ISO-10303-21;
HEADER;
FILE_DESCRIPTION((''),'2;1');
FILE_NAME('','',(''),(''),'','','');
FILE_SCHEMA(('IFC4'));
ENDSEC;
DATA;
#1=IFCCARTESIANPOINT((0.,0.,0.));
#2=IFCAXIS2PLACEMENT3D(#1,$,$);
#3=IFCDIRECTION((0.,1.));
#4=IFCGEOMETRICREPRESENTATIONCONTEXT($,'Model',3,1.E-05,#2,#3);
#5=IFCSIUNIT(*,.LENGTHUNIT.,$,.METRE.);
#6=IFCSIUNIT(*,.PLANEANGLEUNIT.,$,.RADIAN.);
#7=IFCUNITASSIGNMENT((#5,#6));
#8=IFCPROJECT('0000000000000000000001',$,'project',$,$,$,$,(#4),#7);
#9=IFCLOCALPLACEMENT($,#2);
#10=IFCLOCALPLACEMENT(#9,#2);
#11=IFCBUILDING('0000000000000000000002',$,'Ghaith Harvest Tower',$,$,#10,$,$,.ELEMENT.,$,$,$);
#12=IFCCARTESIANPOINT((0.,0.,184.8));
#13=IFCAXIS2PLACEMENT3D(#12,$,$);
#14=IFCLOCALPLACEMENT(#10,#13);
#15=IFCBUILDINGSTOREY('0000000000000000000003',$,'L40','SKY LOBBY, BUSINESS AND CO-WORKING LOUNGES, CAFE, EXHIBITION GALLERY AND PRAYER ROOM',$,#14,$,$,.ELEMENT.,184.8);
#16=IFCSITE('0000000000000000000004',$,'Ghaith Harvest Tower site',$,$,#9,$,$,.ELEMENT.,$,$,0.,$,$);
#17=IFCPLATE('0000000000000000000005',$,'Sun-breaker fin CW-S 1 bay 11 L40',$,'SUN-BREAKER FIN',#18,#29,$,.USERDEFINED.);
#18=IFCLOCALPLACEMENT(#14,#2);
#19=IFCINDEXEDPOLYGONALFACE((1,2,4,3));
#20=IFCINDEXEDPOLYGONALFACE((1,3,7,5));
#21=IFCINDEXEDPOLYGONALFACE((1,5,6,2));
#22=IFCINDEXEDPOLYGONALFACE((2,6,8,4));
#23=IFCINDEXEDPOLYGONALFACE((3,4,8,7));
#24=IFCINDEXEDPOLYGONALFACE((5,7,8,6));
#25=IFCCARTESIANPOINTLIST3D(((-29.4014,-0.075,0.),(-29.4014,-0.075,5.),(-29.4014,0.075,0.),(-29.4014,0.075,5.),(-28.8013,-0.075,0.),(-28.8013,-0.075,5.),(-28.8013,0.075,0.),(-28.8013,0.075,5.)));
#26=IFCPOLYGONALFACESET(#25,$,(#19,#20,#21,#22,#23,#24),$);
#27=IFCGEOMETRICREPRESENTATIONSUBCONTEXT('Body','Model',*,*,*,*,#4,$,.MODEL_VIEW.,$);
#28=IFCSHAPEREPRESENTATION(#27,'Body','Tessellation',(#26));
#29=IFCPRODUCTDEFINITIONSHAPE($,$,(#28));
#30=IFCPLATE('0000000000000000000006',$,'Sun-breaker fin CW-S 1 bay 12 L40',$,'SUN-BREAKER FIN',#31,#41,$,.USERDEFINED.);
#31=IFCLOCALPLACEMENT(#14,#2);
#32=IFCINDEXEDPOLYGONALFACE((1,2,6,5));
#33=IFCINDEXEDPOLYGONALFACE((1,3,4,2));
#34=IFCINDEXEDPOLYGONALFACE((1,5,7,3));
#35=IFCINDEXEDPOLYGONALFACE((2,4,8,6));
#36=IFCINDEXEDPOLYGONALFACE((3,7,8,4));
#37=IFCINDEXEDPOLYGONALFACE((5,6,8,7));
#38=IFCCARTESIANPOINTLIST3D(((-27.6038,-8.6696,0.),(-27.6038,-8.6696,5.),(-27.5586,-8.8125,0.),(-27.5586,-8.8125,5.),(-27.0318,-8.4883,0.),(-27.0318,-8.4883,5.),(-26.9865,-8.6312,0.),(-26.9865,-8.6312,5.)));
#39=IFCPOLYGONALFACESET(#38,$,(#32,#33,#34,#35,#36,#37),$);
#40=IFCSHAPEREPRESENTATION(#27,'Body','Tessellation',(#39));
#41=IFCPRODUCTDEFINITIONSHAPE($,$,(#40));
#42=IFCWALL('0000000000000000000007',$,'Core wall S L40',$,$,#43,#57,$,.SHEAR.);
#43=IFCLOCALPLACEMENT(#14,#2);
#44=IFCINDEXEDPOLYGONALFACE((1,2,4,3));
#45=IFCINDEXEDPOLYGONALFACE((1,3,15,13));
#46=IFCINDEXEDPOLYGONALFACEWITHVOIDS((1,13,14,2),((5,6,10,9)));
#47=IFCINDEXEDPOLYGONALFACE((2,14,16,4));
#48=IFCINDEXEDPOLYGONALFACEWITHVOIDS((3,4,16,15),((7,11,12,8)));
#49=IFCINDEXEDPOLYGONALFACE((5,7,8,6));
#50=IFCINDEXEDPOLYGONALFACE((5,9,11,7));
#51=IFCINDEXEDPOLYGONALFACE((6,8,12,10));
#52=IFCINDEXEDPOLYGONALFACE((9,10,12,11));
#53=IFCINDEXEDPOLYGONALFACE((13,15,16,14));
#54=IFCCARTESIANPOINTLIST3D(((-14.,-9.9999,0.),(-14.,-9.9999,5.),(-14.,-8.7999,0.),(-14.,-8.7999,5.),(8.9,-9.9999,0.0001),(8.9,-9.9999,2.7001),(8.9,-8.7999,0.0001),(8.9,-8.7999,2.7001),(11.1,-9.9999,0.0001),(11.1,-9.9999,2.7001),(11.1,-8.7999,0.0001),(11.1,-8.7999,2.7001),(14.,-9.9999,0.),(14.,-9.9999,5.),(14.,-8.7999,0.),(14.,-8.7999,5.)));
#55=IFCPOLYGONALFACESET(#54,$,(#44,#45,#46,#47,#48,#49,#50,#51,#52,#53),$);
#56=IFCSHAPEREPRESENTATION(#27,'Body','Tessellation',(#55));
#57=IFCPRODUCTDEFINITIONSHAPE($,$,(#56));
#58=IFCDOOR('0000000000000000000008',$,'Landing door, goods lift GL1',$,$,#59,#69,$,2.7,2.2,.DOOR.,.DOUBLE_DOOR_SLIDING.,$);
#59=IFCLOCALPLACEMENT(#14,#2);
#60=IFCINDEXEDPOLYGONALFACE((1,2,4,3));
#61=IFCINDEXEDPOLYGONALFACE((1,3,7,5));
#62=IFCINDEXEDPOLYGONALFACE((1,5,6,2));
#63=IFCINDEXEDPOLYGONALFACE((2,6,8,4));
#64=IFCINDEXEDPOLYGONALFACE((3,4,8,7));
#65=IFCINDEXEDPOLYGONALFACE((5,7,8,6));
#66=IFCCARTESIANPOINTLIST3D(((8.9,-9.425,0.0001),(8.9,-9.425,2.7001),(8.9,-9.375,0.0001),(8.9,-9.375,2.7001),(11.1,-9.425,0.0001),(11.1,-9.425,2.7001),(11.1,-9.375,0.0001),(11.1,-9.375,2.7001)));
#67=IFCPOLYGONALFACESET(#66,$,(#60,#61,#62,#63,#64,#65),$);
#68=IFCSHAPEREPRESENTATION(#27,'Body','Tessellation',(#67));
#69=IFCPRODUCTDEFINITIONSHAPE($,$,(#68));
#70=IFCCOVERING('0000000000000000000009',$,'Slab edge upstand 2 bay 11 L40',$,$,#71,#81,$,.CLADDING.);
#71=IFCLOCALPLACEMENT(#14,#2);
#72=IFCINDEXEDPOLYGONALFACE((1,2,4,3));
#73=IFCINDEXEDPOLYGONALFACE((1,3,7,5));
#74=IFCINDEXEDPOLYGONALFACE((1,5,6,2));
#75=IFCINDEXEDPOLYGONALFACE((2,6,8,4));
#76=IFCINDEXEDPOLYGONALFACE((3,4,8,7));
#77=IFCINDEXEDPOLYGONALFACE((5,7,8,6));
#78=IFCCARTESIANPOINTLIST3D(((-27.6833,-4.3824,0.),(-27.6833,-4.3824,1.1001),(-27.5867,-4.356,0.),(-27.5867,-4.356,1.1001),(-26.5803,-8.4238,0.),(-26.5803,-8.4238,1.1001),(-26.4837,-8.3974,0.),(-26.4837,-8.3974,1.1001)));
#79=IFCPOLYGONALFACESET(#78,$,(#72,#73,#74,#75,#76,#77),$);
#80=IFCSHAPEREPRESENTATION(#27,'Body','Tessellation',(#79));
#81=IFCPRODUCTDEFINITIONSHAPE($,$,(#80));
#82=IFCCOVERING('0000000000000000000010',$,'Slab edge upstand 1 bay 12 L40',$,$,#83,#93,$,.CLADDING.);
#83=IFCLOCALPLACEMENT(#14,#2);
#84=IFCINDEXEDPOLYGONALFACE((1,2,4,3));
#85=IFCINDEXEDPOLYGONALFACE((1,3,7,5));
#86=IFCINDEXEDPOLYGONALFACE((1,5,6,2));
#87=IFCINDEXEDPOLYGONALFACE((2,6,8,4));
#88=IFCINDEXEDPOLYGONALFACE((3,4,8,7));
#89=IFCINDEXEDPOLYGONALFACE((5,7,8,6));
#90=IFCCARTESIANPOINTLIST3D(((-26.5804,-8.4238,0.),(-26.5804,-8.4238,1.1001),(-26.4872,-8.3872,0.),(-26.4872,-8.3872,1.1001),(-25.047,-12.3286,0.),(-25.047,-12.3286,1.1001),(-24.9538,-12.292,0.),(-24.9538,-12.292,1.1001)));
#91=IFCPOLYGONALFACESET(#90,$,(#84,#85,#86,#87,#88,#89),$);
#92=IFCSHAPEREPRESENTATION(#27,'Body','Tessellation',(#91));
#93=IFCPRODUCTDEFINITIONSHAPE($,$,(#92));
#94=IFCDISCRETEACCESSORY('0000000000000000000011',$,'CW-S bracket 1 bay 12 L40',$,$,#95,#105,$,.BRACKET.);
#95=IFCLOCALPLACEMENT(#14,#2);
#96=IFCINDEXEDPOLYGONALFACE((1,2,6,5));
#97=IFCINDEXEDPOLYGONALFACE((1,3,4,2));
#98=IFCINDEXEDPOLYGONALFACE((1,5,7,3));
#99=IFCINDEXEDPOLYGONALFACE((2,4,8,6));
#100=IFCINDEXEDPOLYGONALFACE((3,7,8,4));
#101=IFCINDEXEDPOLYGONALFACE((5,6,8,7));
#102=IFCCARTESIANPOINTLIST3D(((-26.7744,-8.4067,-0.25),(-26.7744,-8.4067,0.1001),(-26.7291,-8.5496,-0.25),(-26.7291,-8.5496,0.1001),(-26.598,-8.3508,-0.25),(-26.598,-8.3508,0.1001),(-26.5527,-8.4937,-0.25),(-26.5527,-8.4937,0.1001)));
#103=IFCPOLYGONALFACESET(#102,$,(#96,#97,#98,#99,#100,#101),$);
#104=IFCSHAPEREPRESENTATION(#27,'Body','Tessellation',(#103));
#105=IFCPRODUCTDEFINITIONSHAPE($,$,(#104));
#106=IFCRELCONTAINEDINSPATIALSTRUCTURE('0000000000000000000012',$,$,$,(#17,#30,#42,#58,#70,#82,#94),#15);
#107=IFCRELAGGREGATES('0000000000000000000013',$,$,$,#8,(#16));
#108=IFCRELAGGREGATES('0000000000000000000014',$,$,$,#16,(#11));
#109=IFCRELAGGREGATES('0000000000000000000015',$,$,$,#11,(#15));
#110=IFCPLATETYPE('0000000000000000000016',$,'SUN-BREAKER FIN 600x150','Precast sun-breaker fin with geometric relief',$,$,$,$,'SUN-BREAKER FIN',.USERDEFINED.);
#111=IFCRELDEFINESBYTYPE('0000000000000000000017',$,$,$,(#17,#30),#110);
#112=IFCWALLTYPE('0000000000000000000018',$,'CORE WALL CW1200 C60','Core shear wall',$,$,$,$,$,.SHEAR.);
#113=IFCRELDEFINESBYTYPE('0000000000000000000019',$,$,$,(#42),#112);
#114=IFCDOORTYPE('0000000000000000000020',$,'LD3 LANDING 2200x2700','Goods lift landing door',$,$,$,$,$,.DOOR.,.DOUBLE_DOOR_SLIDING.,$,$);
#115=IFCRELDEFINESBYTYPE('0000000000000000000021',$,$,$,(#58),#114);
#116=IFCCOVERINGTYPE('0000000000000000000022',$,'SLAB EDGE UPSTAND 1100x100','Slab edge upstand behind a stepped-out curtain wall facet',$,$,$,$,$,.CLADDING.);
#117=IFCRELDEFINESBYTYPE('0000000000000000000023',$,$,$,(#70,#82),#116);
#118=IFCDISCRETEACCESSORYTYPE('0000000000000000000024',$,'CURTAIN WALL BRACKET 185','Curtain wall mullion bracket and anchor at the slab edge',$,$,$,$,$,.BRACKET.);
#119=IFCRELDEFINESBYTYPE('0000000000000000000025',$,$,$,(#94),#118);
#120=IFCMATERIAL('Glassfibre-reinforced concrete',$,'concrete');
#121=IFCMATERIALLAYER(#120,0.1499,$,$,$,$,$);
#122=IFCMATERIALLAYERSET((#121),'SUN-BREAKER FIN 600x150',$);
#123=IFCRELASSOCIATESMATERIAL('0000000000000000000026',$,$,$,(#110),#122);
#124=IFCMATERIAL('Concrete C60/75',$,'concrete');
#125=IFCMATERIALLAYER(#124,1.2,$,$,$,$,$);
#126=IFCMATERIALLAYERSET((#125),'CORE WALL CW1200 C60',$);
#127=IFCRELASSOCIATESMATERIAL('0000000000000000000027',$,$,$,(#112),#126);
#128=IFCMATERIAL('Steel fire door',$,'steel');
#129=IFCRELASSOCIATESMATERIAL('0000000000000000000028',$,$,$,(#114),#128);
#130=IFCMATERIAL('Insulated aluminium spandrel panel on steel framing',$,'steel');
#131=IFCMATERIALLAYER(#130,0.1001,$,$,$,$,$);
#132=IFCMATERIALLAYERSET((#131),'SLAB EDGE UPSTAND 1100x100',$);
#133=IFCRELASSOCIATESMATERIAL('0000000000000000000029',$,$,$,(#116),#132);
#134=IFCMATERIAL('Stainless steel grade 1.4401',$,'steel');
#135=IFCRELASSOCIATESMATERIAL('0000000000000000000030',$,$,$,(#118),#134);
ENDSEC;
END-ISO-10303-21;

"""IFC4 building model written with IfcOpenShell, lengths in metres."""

from ifc_helpers import new_model, si_unit, direction, frame, frame_2d, origin, origin_2d, place, context, subcontext, project, spatial, rectangle, extrude, material, layer, layer_set, type_object, element, fill, save


model = new_model("IFC4")

# Units and contexts
model_context = context("Model", 3, precision=1e-05, world=origin(), true_north=direction((0.0, 1.0)))
body_context = subcontext(model_context, "Body", "Model", "MODEL_VIEW")
ifc_project = project(units=[si_unit("LENGTHUNIT", "METRE"), si_unit("PLANEANGLEUNIT", "RADIAN")], contexts=[model_context])

# Site, building, storey
site_placement = place(None, origin())
site = spatial("IfcSite", under=ifc_project, at=site_placement, Name="Ghaith Harvest Tower site", CompositionType="ELEMENT", RefElevation=0.0)
building_placement = place(site_placement, origin())
building = spatial("IfcBuilding", under=site, at=building_placement, Name="Ghaith Harvest Tower", CompositionType="ELEMENT")
storey_placement = place(building_placement, frame((0.0, 0.0, 184.8)))
storey = spatial("IfcBuildingStorey", under=building, at=storey_placement, Name="L40", Description="SKY LOBBY, BUSINESS AND CO-WORKING LOUNGES, CAFE, EXHIBITION GALLERY AND PRAYER ROOM", CompositionType="ELEMENT", Elevation=184.8)

# Plates
ifc_material_1 = material(Name="Glassfibre-reinforced concrete", Category="concrete")
ifc_layer_1 = layer(ifc_material_1, 0.1499)
ifc_layer_set_1 = layer_set([ifc_layer_1], Name="SUN-BREAKER FIN 600x150")
plate_type_1 = type_object("IfcPlateType", Name="SUN-BREAKER FIN 600x150", Description="Precast sun-breaker fin with geometric relief", ElementType="SUN-BREAKER FIN", PredefinedType="USERDEFINED", material=ifc_layer_set_1)
for number, where, z_axis, x_axis, name in (
    (1, (-29.1013, 0.0, 0.0), (0.0, 0.0, 1.0), (-1.0, 0.0, 0.0), "Sun-breaker fin CW-S 1 bay 11 L40"),
    (2, (-27.2952, -8.6504, 0.0), (0.0, 0.0, 1.0), (-0.953273, -0.30211, 0.0), "Sun-breaker fin CW-S 1 bay 12 L40"),
):
    element("IfcPlate", number, at=place(storey_placement, frame(where, z_axis=z_axis, x_axis=x_axis)), inside=storey, type_object=plate_type_1, Name=name, ObjectType="SUN-BREAKER FIN", PredefinedType="USERDEFINED", context=body_context, shape_type="SweptSolid", body=[
        extrude(rectangle(XDim=0.6001, YDim=0.1499, at=origin_2d()), origin(), (0.0, 0.0, 1.0), 5.0),
    ])

# Wall, opening, door
ifc_material_2 = material(Name="Concrete C60/75", Category="concrete")
ifc_layer_2 = layer(ifc_material_2, 1.2)
ifc_layer_set_2 = layer_set([ifc_layer_2], Name="CORE WALL CW1200 C60")
wall_type = type_object("IfcWallType", Name="CORE WALL CW1200 C60", Description="Core shear wall", PredefinedType="SHEAR", material=ifc_layer_set_2)
wall_placement = place(storey_placement, frame((-14.0, -9.3999, 0.0), z_axis=(0.0, 0.0, 1.0), x_axis=(1.0, 0.0, 0.0)))
wall = element("IfcWall", 3, at=wall_placement, inside=storey, type_object=wall_type, Name="Core wall S L40", PredefinedType="SHEAR", context=body_context, shape_type="SweptSolid", body=[
    extrude(rectangle(XDim=28.0, YDim=1.2, at=frame_2d((14.0, 0.0))), origin(), (0.0, 0.0, 1.0), 5.0),
])
opening_placement = place(wall_placement, frame((22.8999, 0.0, 0.0)))
opening = element("IfcOpeningElement", 4, at=opening_placement, cuts=wall, PredefinedType="OPENING", context=body_context, shape_type="SweptSolid", body=[
    extrude(rectangle(XDim=2.2, YDim=2.7, at=frame_2d((1.1001, 1.3501))), frame((0.0, 0.6099, 0.0), z_axis=(0.0, -1.0, 0.0), x_axis=(1.0, 0.0, 0.0)), (0.0, 0.0, 1.0), 1.22),
])
ifc_material_3 = material(Name="Steel fire door", Category="steel")
door_type = type_object("IfcDoorType", Name="LD3 LANDING 2200x2700", Description="Goods lift landing door", OperationType="DOUBLE_DOOR_SLIDING", PredefinedType="DOOR", material=ifc_material_3)
door_placement = place(opening_placement, origin())
door = element("IfcDoor", 5, at=door_placement, inside=storey, type_object=door_type, Name="Landing door, goods lift GL1", OperationType="DOUBLE_DOOR_SLIDING", OverallHeight=2.7, OverallWidth=2.2, PredefinedType="DOOR", context=body_context, shape_type="SweptSolid", body=[
    extrude(rectangle(XDim=2.2, YDim=2.7, at=frame_2d((1.1001, 1.3501))), frame((0.0, 0.0249, 0.0), z_axis=(0.0, -1.0, 0.0), x_axis=(1.0, 0.0, 0.0)), (0.0, 0.0, 1.0), 0.05),
])
fill(opening, door)

# Coverings
ifc_material_4 = material(Name="Insulated aluminium spandrel panel on steel framing", Category="steel")
ifc_layer_3 = layer(ifc_material_4, 0.1001)
ifc_layer_set_3 = layer_set([ifc_layer_3], Name="SLAB EDGE UPSTAND 1100x100")
covering_type = type_object("IfcCoveringType", Name="SLAB EDGE UPSTAND 1100x100", Description="Slab edge upstand behind a stepped-out curtain wall facet", PredefinedType="CLADDING", material=ifc_layer_set_3)
covering_1_placement = place(storey_placement, frame((-27.0835, -6.3899, 0.0), z_axis=(0.0, 0.0, 1.0), x_axis=(0.263288, -0.964717, 0.0)))
element("IfcCovering", 6, at=covering_1_placement, inside=storey, type_object=covering_type, Name="Slab edge upstand 2 bay 11 L40", PredefinedType="CLADDING", context=body_context, shape_type="SweptSolid", body=[
    extrude(rectangle(XDim=4.1892, YDim=0.1001, at=origin_2d()), origin(), (0.0, 0.0, 1.0), 1.1001),
])
covering_2_placement = place(storey_placement, frame((-25.7671, -10.3579, 0.0), z_axis=(0.0, 0.0, 1.0), x_axis=(0.365515, -0.930805, 0.0)))
element("IfcCovering", 7, at=covering_2_placement, inside=storey, type_object=covering_type, Name="Slab edge upstand 1 bay 12 L40", PredefinedType="CLADDING", context=body_context, shape_type="SweptSolid", body=[
    extrude(rectangle(XDim=4.1951, YDim=0.1001, at=origin_2d()), origin(), (0.0, 0.0, 1.0), 1.1001),
])

# Discrete accessory
ifc_material_5 = material(Name="Stainless steel grade 1.4401", Category="steel")
discrete_accessory_type = type_object("IfcDiscreteAccessoryType", Name="CURTAIN WALL BRACKET 185", Description="Curtain wall mullion bracket and anchor at the slab edge", PredefinedType="BRACKET", material=ifc_material_5)
discrete_accessory_placement = place(storey_placement, frame((-26.6636, -8.4502, -0.25), z_axis=(0.0, 0.0, 1.0), x_axis=(-0.953273, -0.30211, 0.0)))
element("IfcDiscreteAccessory", 8, at=discrete_accessory_placement, inside=storey, type_object=discrete_accessory_type, Name="CW-S bracket 1 bay 12 L40", PredefinedType="BRACKET", context=body_context, shape_type="SweptSolid", body=[
    extrude(rectangle(XDim=0.1851, YDim=0.1499, at=origin_2d()), origin(), (0.0, 0.0, 1.0), 0.3501),
])

save(model, "model.ifc")
